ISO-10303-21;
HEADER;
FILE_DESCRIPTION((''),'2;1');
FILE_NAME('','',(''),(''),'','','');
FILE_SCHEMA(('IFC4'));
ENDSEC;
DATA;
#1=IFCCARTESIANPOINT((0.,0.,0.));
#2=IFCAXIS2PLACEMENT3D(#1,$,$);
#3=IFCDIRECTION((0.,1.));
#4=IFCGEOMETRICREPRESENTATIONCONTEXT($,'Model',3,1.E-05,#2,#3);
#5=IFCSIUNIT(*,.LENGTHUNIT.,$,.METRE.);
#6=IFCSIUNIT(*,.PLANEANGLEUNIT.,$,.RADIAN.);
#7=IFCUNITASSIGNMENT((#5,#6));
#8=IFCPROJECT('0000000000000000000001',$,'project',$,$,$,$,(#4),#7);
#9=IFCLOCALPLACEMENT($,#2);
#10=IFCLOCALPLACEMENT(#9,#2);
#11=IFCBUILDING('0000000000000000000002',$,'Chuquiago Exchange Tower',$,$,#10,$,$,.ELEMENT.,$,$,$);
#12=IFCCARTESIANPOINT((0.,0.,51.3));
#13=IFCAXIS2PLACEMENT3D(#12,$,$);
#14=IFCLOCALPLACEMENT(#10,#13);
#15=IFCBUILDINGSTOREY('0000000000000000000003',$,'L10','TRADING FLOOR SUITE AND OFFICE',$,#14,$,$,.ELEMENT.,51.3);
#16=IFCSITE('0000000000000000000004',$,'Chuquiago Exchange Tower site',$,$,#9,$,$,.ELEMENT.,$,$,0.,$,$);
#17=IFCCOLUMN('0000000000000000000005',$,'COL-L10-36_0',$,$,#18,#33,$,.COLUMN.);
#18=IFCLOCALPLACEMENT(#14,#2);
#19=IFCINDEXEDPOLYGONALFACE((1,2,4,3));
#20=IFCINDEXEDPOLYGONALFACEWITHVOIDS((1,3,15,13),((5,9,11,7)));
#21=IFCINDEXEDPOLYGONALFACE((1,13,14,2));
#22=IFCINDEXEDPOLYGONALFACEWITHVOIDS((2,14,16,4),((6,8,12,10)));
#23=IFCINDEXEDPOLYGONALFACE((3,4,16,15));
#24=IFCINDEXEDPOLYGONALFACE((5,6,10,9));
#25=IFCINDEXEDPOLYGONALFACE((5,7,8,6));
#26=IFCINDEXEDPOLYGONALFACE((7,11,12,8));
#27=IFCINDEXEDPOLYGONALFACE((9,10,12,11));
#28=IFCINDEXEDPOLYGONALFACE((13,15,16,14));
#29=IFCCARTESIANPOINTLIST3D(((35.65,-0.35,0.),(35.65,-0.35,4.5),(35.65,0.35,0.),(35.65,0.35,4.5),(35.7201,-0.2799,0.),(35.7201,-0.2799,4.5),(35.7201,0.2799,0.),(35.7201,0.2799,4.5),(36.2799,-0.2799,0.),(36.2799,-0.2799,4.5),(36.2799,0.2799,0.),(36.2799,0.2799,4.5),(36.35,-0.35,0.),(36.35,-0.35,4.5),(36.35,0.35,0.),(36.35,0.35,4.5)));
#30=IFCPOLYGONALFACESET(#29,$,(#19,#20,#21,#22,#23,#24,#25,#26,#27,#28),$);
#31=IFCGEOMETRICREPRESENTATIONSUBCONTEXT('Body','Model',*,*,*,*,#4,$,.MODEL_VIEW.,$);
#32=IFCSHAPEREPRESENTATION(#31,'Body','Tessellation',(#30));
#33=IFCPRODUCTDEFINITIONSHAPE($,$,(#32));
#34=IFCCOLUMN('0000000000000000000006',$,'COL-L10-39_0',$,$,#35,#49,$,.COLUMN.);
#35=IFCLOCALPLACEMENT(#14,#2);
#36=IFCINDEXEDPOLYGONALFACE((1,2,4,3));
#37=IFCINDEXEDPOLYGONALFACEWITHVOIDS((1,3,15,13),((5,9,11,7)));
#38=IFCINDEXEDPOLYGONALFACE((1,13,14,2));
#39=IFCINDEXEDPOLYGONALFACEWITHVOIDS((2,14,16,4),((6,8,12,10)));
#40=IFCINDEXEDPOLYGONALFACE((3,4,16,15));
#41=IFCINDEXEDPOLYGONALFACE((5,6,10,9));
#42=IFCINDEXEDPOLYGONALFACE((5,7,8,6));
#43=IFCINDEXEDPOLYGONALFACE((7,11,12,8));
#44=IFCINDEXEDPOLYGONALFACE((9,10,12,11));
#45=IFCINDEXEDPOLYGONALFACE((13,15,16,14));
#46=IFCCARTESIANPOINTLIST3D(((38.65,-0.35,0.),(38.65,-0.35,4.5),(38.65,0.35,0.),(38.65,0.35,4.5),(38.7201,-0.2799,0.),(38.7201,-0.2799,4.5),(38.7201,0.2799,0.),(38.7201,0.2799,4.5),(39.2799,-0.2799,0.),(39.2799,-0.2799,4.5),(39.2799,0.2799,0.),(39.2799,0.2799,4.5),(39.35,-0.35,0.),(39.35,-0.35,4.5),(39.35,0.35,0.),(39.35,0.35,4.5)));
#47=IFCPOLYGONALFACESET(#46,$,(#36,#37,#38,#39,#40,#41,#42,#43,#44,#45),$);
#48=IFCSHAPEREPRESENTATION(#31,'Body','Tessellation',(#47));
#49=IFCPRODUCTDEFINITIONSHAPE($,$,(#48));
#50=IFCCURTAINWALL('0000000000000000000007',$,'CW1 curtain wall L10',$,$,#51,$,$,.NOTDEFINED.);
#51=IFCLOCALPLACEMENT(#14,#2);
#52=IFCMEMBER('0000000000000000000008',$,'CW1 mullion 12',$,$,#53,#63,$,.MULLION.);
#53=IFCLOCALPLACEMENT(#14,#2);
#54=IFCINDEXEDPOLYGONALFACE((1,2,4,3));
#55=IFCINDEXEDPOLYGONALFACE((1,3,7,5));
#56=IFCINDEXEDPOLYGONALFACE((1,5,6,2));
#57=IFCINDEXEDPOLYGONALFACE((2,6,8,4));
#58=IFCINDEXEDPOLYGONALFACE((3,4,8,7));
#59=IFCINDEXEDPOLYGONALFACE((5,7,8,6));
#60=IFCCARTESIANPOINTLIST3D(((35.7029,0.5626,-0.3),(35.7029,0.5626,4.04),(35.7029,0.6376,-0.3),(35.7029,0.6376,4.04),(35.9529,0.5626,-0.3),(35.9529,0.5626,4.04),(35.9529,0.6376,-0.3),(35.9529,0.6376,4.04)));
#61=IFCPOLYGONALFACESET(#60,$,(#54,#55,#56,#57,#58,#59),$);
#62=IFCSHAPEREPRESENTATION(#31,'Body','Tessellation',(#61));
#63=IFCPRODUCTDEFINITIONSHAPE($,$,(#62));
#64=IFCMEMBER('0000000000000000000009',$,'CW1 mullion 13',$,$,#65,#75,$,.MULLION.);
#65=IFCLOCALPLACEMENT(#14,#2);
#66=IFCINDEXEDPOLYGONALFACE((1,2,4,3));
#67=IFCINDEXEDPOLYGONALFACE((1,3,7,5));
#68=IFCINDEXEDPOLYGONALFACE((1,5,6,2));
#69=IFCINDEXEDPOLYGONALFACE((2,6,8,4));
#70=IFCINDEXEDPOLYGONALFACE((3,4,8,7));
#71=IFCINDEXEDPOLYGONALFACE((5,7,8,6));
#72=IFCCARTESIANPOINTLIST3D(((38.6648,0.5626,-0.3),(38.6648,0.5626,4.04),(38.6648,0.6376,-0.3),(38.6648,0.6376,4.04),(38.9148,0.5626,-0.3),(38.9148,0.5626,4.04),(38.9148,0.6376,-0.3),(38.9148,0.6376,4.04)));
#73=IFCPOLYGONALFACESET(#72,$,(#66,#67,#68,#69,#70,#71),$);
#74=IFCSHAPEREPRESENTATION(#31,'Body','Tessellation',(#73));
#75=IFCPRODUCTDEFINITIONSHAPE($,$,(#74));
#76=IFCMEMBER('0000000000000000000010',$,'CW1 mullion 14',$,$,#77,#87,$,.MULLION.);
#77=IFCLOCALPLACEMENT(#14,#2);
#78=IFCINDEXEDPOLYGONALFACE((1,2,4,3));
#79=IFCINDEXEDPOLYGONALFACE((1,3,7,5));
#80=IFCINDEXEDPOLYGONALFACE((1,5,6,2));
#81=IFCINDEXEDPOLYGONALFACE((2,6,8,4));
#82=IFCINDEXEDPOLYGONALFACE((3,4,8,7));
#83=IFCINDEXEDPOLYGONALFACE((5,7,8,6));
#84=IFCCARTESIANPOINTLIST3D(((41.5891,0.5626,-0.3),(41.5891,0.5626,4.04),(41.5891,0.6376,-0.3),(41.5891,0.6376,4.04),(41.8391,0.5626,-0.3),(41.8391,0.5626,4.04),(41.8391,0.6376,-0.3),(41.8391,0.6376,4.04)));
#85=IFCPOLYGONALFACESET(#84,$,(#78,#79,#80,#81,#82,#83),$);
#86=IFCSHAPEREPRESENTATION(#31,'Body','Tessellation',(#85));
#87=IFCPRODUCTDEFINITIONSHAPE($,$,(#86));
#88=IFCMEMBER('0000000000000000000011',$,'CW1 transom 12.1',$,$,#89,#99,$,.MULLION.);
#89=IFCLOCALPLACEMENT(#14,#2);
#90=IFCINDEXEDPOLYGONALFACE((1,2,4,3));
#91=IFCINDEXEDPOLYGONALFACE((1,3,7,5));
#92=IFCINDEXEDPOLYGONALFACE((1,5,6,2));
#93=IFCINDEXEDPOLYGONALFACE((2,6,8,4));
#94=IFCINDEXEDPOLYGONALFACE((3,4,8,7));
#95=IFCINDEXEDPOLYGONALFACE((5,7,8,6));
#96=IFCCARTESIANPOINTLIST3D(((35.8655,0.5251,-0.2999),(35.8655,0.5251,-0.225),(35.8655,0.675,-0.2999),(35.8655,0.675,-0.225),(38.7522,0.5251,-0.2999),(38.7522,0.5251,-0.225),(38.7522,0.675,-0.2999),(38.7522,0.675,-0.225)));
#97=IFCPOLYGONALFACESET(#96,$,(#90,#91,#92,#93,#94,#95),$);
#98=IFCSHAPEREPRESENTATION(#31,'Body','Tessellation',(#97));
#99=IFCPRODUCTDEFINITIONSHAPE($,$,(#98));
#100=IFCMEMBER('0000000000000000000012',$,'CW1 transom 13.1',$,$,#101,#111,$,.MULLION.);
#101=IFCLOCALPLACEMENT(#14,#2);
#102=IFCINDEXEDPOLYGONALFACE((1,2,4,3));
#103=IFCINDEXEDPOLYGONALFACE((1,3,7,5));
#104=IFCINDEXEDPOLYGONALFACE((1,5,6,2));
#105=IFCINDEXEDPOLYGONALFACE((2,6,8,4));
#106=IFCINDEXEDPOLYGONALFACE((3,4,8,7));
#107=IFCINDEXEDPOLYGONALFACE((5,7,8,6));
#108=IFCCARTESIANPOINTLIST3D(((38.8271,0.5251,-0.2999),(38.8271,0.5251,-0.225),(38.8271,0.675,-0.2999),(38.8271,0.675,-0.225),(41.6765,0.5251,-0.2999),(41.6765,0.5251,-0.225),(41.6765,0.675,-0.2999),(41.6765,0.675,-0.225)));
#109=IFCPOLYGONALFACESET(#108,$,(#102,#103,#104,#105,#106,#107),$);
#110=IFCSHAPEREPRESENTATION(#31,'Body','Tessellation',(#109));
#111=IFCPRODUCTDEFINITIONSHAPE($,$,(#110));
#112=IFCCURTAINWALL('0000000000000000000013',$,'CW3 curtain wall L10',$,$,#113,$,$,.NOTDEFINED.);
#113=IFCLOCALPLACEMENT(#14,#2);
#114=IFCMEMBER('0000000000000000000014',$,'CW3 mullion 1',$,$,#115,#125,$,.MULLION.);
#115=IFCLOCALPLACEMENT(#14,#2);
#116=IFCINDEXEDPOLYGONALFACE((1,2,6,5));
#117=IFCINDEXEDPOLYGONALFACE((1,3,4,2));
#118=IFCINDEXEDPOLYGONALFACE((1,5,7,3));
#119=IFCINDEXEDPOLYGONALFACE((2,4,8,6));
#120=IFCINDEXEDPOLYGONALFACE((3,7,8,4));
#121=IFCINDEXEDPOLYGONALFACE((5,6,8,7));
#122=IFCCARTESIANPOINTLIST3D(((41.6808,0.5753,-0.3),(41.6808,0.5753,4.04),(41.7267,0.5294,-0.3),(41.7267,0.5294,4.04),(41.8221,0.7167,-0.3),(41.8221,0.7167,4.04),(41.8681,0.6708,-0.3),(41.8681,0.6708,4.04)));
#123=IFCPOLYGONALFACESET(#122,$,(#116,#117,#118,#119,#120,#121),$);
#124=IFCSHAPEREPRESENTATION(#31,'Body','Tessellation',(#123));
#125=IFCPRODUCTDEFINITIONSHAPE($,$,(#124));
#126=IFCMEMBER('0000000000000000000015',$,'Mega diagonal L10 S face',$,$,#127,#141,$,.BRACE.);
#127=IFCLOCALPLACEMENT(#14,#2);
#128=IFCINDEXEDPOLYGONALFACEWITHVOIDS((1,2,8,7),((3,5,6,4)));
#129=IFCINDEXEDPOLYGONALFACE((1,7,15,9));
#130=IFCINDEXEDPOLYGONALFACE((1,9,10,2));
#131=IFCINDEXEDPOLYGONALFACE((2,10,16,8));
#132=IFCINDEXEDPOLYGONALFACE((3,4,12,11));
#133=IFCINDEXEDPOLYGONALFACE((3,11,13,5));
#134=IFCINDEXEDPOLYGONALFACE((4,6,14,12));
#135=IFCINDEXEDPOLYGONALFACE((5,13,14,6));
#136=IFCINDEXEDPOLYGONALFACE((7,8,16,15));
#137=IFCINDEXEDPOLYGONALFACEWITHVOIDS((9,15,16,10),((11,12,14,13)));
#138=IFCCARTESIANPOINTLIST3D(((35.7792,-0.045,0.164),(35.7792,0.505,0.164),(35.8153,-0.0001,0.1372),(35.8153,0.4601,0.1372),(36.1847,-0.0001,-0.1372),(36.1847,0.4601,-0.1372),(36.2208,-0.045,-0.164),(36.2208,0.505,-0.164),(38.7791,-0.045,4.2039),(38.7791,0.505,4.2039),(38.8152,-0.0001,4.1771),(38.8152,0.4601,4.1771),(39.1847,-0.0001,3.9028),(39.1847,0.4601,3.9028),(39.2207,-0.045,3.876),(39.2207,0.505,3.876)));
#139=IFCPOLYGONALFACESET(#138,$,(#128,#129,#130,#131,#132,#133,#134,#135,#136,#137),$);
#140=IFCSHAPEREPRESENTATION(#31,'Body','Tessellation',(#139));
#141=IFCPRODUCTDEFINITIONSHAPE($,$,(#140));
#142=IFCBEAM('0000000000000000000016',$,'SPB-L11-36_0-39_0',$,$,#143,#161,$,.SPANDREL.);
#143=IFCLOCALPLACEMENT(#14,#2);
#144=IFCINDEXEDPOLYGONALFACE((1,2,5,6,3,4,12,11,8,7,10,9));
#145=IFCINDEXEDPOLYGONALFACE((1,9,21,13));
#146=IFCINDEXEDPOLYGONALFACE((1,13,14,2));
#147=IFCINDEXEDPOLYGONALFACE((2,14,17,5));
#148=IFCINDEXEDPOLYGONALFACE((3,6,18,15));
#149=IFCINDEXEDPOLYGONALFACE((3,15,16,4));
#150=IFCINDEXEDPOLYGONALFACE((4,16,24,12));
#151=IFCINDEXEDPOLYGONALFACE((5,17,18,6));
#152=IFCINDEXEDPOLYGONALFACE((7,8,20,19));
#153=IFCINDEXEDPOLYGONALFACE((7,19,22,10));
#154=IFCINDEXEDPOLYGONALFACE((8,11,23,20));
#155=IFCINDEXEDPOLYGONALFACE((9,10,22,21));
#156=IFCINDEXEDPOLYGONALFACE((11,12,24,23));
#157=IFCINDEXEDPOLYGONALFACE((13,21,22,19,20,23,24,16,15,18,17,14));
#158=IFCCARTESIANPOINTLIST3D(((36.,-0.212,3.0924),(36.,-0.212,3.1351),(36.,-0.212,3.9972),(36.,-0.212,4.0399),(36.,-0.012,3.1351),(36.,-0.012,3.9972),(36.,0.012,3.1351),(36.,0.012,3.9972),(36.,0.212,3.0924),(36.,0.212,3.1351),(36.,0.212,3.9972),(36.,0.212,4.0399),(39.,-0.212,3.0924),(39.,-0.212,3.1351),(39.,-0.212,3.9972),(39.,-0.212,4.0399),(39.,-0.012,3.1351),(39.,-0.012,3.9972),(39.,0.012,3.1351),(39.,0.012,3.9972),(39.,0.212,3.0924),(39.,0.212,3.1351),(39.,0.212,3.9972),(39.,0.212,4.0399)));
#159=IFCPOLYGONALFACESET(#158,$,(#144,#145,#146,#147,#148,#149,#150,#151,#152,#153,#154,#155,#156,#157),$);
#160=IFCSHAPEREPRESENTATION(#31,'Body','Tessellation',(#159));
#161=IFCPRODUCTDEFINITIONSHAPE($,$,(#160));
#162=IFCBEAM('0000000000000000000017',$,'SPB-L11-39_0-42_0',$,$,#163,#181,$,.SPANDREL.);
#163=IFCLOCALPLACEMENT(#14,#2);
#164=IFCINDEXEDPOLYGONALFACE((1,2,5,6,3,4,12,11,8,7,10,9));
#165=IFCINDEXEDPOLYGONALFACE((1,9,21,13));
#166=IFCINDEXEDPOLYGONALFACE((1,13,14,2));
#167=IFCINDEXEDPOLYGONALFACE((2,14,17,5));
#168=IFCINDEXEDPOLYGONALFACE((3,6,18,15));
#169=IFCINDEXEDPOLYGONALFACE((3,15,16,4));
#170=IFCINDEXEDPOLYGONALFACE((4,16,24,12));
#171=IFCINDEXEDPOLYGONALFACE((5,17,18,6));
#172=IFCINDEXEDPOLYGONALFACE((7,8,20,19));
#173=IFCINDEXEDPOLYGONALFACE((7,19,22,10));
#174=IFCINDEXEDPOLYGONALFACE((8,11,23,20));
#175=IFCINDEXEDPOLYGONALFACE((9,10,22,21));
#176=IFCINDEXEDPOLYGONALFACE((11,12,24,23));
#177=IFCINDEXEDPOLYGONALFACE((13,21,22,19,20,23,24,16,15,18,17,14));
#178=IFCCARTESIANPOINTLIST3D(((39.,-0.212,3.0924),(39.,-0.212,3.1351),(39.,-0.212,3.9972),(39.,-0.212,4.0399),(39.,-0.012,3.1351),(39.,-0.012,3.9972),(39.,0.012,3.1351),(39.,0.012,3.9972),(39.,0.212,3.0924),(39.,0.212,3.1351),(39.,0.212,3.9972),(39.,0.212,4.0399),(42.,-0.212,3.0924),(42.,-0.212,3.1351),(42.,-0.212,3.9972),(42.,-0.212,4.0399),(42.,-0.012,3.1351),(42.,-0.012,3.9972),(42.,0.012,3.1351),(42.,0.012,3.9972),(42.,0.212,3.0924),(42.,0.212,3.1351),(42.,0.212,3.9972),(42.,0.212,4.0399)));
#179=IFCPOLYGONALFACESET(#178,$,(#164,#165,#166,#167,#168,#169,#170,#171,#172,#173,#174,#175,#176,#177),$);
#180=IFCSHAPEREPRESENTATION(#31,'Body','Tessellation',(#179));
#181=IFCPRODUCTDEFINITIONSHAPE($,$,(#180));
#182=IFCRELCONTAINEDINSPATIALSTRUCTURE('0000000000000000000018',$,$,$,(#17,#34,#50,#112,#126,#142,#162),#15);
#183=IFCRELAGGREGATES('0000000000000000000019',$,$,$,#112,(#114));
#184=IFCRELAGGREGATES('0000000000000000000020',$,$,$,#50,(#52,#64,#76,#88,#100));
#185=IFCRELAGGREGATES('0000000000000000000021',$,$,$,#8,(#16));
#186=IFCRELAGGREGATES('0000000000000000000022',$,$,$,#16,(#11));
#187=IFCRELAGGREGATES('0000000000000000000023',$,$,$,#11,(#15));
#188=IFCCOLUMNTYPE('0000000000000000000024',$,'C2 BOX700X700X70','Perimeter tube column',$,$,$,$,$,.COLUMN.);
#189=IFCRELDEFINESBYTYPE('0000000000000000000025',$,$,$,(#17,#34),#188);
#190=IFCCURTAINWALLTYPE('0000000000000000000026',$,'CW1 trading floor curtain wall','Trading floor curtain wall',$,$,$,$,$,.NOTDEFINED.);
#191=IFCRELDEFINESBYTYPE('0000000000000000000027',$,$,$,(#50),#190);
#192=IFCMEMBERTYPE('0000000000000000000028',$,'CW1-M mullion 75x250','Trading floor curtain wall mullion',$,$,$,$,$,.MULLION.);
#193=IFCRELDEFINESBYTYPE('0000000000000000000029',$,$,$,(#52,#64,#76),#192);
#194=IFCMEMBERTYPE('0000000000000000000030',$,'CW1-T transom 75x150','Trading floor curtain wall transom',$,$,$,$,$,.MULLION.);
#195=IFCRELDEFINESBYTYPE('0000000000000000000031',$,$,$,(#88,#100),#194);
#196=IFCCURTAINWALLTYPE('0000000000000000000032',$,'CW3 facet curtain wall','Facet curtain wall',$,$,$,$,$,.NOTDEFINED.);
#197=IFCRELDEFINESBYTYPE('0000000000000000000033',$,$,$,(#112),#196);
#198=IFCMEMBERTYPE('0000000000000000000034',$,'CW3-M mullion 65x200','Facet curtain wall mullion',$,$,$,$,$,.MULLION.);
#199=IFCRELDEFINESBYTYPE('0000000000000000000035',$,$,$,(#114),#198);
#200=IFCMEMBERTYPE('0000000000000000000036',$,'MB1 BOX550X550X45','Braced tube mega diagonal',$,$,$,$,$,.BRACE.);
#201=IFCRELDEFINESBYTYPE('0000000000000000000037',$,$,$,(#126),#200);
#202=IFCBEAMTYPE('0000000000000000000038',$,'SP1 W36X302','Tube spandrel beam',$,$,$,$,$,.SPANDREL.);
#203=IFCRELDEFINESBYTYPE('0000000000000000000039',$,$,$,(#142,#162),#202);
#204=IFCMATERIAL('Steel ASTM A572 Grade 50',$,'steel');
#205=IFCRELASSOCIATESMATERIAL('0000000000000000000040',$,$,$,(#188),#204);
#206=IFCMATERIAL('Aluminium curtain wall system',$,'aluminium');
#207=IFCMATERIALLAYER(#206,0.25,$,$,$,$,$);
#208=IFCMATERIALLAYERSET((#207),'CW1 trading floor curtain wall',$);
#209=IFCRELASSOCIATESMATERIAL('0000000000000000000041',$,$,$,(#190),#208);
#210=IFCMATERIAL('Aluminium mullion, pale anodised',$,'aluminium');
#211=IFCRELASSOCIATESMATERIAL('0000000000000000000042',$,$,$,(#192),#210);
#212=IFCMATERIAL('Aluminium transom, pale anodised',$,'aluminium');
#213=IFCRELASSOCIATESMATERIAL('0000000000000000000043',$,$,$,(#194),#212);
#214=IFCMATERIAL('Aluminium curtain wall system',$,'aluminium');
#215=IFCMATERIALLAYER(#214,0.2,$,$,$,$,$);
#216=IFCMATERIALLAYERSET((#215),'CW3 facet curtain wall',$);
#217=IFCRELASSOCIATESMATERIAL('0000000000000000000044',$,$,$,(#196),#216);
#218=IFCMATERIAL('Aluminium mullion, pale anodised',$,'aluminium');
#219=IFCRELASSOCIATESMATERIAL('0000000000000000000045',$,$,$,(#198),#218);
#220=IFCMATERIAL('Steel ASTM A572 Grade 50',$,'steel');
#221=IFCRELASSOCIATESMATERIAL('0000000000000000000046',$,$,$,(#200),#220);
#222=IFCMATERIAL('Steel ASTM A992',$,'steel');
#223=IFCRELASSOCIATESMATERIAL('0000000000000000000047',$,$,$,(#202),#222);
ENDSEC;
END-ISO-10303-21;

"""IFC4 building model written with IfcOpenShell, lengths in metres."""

from ifc_helpers import new_model, si_unit, direction, frame, origin, origin_2d, place, context, subcontext, project, spatial, rectangle, hollow_rectangle, i_section, extrude, material, layer, layer_set, material_profile, profile_set, type_object, element, aggregate, save


model = new_model("IFC4")

# Units and contexts
model_context = context("Model", 3, precision=1e-05, world=origin(), true_north=direction((0.0, 1.0)))
body_context = subcontext(model_context, "Body", "Model", "MODEL_VIEW")
ifc_project = project(units=[si_unit("LENGTHUNIT", "METRE"), si_unit("PLANEANGLEUNIT", "RADIAN")], contexts=[model_context])

# Site, building, storey
site_placement = place(None, origin())
site = spatial("IfcSite", under=ifc_project, at=site_placement, Name="Chuquiago Exchange Tower site", CompositionType="ELEMENT", RefElevation=0.0)
building_placement = place(site_placement, origin())
building = spatial("IfcBuilding", under=site, at=building_placement, Name="Chuquiago Exchange Tower", CompositionType="ELEMENT")
storey_placement = place(building_placement, frame((0.0, 0.0, 51.3)))
storey = spatial("IfcBuildingStorey", under=building, at=storey_placement, Name="L10", Description="TRADING FLOOR SUITE AND OFFICE", CompositionType="ELEMENT", Elevation=51.3)

# Columns
ifc_material_1 = material(Name="Steel ASTM A572 Grade 50", Category="steel")
ifc_material_profile_1 = material_profile(ifc_material_1, hollow_rectangle(XDim=0.7, YDim=0.7, WallThickness=0.0701, at=origin_2d()), Name="BOX700X700X70")
ifc_profile_set_1 = profile_set([ifc_material_profile_1], Name="Steel ASTM A572 Grade 50")
column_type = type_object("IfcColumnType", Name="C2 BOX700X700X70", Description="Perimeter tube column", PredefinedType="COLUMN", material=ifc_profile_set_1)
for number, where, z_axis, x_axis, name in (
    (1, (36.0, 0.0, 0.0), (0.0, 0.0, 1.0), (0.0, -1.0, 0.0), "COL-L10-36_0"),
    (2, (39.0, 0.0, 0.0), (0.0, 0.0, 1.0), (0.0, -1.0, 0.0), "COL-L10-39_0"),
):
    element("IfcColumn", number, at=place(storey_placement, frame(where, z_axis=z_axis, x_axis=x_axis)), inside=storey, type_object=column_type, Name=name, PredefinedType="COLUMN", context=body_context, shape_type="SweptSolid", body=[
        extrude(hollow_rectangle(XDim=0.7, YDim=0.7, WallThickness=0.0701, at=origin_2d()), origin(), (0.0, 0.0, 1.0), 4.5),
    ])

# Curtain wall, members
ifc_material_2 = material(Name="Aluminium curtain wall system", Category="aluminium")
ifc_layer_1 = layer(ifc_material_2, 0.25)
ifc_layer_set_1 = layer_set([ifc_layer_1], Name="CW1 trading floor curtain wall")
curtain_wall_type_1 = type_object("IfcCurtainWallType", Name="CW1 trading floor curtain wall", Description="Trading floor curtain wall", PredefinedType="NOTDEFINED", material=ifc_layer_set_1)
curtain_wall_1_placement = place(storey_placement, origin())
curtain_wall_1 = element("IfcCurtainWall", 3, at=curtain_wall_1_placement, inside=storey, type_object=curtain_wall_type_1, Name="CW1 curtain wall L10", PredefinedType="NOTDEFINED")
ifc_material_3 = material(Name="Aluminium mullion, pale anodised", Category="aluminium")
ifc_material_profile_2 = material_profile(ifc_material_3, rectangle(XDim=0.075, YDim=0.25, at=origin_2d()), Name="AL 75x250")
ifc_profile_set_2 = profile_set([ifc_material_profile_2], Name="Aluminium mullion, pale anodised")
member_type_1 = type_object("IfcMemberType", Name="CW1-M mullion 75x250", Description="Trading floor curtain wall mullion", PredefinedType="MULLION", material=ifc_profile_set_2)
member_1_placement = place(storey_placement, frame((35.8279, 0.6001, -0.3), z_axis=(0.0, 0.0, 1.0), x_axis=(0.0, 1.0, 0.0)))
member_1 = element("IfcMember", 4, at=member_1_placement, type_object=member_type_1, Name="CW1 mullion 12", PredefinedType="MULLION", context=body_context, shape_type="SweptSolid", body=[
    extrude(rectangle(XDim=0.075, YDim=0.25, at=origin_2d()), origin(), (0.0, 0.0, 1.0), 4.3401),
])
member_2_placement = place(storey_placement, frame((38.7898, 0.6001, -0.3), z_axis=(0.0, 0.0, 1.0), x_axis=(0.0, 1.0, 0.0)))
member_2 = element("IfcMember", 5, at=member_2_placement, type_object=member_type_1, Name="CW1 mullion 13", PredefinedType="MULLION", context=body_context, shape_type="SweptSolid", body=[
    extrude(rectangle(XDim=0.075, YDim=0.25, at=origin_2d()), origin(), (0.0, 0.0, 1.0), 4.3401),
])
member_3_placement = place(storey_placement, frame((41.7141, 0.6001, -0.3), z_axis=(0.0, 0.0, 1.0), x_axis=(0.0, 1.0, 0.0)))
member_3 = element("IfcMember", 6, at=member_3_placement, type_object=member_type_1, Name="CW1 mullion 14", PredefinedType="MULLION", context=body_context, shape_type="SweptSolid", body=[
    extrude(rectangle(XDim=0.075, YDim=0.25, at=origin_2d()), origin(), (0.0, 0.0, 1.0), 4.3401),
])
ifc_material_4 = material(Name="Aluminium transom, pale anodised", Category="aluminium")
ifc_material_profile_3 = material_profile(ifc_material_4, rectangle(XDim=0.1499, YDim=0.075, at=origin_2d()), Name="AL 150x75")
ifc_profile_set_3 = profile_set([ifc_material_profile_3], Name="Aluminium transom, pale anodised")
member_type_2 = type_object("IfcMemberType", Name="CW1-T transom 75x150", Description="Trading floor curtain wall transom", PredefinedType="MULLION", material=ifc_profile_set_3)
member_4_placement = place(storey_placement, frame((35.8655, 0.6001, -0.2625), z_axis=(1.0, 0.0, 0.0), x_axis=(0.0, 1.0, 0.0)))
member_4 = element("IfcMember", 7, at=member_4_placement, type_object=member_type_2, Name="CW1 transom 12.1", PredefinedType="MULLION", context=body_context, shape_type="SweptSolid", body=[
    extrude(rectangle(XDim=0.1499, YDim=0.075, at=origin_2d()), origin(), (0.0, 0.0, 1.0), 2.8867),
])
member_5_placement = place(storey_placement, frame((38.8271, 0.6001, -0.2625), z_axis=(1.0, 0.0, 0.0), x_axis=(0.0, 1.0, 0.0)))
member_5 = element("IfcMember", 8, at=member_5_placement, type_object=member_type_2, Name="CW1 transom 13.1", PredefinedType="MULLION", context=body_context, shape_type="SweptSolid", body=[
    extrude(rectangle(XDim=0.1499, YDim=0.075, at=origin_2d()), origin(), (0.0, 0.0, 1.0), 2.8494),
])

# Curtain wall, member
ifc_material_5 = material(Name="Aluminium curtain wall system", Category="aluminium")
ifc_layer_2 = layer(ifc_material_5, 0.2)
ifc_layer_set_2 = layer_set([ifc_layer_2], Name="CW3 facet curtain wall")
curtain_wall_type_2 = type_object("IfcCurtainWallType", Name="CW3 facet curtain wall", Description="Facet curtain wall", PredefinedType="NOTDEFINED", material=ifc_layer_set_2)
curtain_wall_2_placement = place(storey_placement, origin())
curtain_wall_2 = element("IfcCurtainWall", 9, at=curtain_wall_2_placement, inside=storey, type_object=curtain_wall_type_2, Name="CW3 curtain wall L10", PredefinedType="NOTDEFINED")
ifc_material_6 = material(Name="Aluminium mullion, pale anodised", Category="aluminium")
ifc_material_profile_4 = material_profile(ifc_material_6, rectangle(XDim=0.0649, YDim=0.2, at=origin_2d()), Name="AL 65x200")
ifc_profile_set_4 = profile_set([ifc_material_profile_4], Name="Aluminium mullion, pale anodised")
member_type_3 = type_object("IfcMemberType", Name="CW3-M mullion 65x200", Description="Facet curtain wall mullion", PredefinedType="MULLION", material=ifc_profile_set_4)
member_6_placement = place(storey_placement, frame((41.7744, 0.623, -0.3), z_axis=(0.0, 0.0, 1.0), x_axis=(-0.707107, 0.707107, 0.0)))
member_6 = element("IfcMember", 10, at=member_6_placement, type_object=member_type_3, Name="CW3 mullion 1", PredefinedType="MULLION", context=body_context, shape_type="SweptSolid", body=[
    extrude(rectangle(XDim=0.0649, YDim=0.2, at=origin_2d()), origin(), (0.0, 0.0, 1.0), 4.3401),
])
aggregate(curtain_wall_2, [member_6])

# Member
ifc_material_7 = material(Name="Steel ASTM A572 Grade 50", Category="steel")
ifc_material_profile_5 = material_profile(ifc_material_7, hollow_rectangle(XDim=0.55, YDim=0.55, WallThickness=0.0449, at=origin_2d()), Name="BOX550X550X45")
ifc_profile_set_5 = profile_set([ifc_material_profile_5], Name="Steel ASTM A572 Grade 50")
member_type_4 = type_object("IfcMemberType", Name="MB1 BOX550X550X45", Description="Braced tube mega diagonal", PredefinedType="BRACE", material=ifc_profile_set_5)
member_7_placement = place(storey_placement, frame((36.0, 0.23, 0.0), z_axis=(0.596174, 0.0, 0.802855), x_axis=(0.0, 1.0, 0.0)))
element("IfcMember", 11, at=member_7_placement, inside=storey, type_object=member_type_4, Name="Mega diagonal L10 S face", PredefinedType="BRACE", context=body_context, shape_type="SweptSolid", body=[
    extrude(hollow_rectangle(XDim=0.55, YDim=0.55, WallThickness=0.0449, at=origin_2d()), origin(), (0.0, 0.0, 1.0), 5.032),
])

# Beams
ifc_material_8 = material(Name="Steel ASTM A992", Category="steel")
ifc_material_profile_6 = material_profile(ifc_material_8, i_section(OverallWidth=0.4241, OverallDepth=0.9475, WebThickness=0.0239, FlangeThickness=0.0427, at=origin_2d()), Name="W36X302")
ifc_profile_set_6 = profile_set([ifc_material_profile_6], Name="Steel ASTM A992")
beam_type = type_object("IfcBeamType", Name="SP1 W36X302", Description="Tube spandrel beam", PredefinedType="SPANDREL", material=ifc_profile_set_6)
for number, where, z_axis, x_axis, name in (
    (12, (36.0, 0.0, 3.5662), (1.0, 0.0, 0.0), (0.0, 1.0, 0.0), "SPB-L11-36_0-39_0"),
    (13, (39.0, 0.0, 3.5662), (1.0, 0.0, 0.0), (0.0, 1.0, 0.0), "SPB-L11-39_0-42_0"),
):
    element("IfcBeam", number, at=place(storey_placement, frame(where, z_axis=z_axis, x_axis=x_axis)), inside=storey, type_object=beam_type, Name=name, PredefinedType="SPANDREL", context=body_context, shape_type="SweptSolid", body=[
        extrude(i_section(OverallWidth=0.4241, OverallDepth=0.9475, WebThickness=0.0239, FlangeThickness=0.0427, at=origin_2d()), origin(), (0.0, 0.0, 1.0), 3.0),
    ])

aggregate(curtain_wall_1, [member_1, member_2, member_3, member_4, member_5])

save(model, "model.ifc")
